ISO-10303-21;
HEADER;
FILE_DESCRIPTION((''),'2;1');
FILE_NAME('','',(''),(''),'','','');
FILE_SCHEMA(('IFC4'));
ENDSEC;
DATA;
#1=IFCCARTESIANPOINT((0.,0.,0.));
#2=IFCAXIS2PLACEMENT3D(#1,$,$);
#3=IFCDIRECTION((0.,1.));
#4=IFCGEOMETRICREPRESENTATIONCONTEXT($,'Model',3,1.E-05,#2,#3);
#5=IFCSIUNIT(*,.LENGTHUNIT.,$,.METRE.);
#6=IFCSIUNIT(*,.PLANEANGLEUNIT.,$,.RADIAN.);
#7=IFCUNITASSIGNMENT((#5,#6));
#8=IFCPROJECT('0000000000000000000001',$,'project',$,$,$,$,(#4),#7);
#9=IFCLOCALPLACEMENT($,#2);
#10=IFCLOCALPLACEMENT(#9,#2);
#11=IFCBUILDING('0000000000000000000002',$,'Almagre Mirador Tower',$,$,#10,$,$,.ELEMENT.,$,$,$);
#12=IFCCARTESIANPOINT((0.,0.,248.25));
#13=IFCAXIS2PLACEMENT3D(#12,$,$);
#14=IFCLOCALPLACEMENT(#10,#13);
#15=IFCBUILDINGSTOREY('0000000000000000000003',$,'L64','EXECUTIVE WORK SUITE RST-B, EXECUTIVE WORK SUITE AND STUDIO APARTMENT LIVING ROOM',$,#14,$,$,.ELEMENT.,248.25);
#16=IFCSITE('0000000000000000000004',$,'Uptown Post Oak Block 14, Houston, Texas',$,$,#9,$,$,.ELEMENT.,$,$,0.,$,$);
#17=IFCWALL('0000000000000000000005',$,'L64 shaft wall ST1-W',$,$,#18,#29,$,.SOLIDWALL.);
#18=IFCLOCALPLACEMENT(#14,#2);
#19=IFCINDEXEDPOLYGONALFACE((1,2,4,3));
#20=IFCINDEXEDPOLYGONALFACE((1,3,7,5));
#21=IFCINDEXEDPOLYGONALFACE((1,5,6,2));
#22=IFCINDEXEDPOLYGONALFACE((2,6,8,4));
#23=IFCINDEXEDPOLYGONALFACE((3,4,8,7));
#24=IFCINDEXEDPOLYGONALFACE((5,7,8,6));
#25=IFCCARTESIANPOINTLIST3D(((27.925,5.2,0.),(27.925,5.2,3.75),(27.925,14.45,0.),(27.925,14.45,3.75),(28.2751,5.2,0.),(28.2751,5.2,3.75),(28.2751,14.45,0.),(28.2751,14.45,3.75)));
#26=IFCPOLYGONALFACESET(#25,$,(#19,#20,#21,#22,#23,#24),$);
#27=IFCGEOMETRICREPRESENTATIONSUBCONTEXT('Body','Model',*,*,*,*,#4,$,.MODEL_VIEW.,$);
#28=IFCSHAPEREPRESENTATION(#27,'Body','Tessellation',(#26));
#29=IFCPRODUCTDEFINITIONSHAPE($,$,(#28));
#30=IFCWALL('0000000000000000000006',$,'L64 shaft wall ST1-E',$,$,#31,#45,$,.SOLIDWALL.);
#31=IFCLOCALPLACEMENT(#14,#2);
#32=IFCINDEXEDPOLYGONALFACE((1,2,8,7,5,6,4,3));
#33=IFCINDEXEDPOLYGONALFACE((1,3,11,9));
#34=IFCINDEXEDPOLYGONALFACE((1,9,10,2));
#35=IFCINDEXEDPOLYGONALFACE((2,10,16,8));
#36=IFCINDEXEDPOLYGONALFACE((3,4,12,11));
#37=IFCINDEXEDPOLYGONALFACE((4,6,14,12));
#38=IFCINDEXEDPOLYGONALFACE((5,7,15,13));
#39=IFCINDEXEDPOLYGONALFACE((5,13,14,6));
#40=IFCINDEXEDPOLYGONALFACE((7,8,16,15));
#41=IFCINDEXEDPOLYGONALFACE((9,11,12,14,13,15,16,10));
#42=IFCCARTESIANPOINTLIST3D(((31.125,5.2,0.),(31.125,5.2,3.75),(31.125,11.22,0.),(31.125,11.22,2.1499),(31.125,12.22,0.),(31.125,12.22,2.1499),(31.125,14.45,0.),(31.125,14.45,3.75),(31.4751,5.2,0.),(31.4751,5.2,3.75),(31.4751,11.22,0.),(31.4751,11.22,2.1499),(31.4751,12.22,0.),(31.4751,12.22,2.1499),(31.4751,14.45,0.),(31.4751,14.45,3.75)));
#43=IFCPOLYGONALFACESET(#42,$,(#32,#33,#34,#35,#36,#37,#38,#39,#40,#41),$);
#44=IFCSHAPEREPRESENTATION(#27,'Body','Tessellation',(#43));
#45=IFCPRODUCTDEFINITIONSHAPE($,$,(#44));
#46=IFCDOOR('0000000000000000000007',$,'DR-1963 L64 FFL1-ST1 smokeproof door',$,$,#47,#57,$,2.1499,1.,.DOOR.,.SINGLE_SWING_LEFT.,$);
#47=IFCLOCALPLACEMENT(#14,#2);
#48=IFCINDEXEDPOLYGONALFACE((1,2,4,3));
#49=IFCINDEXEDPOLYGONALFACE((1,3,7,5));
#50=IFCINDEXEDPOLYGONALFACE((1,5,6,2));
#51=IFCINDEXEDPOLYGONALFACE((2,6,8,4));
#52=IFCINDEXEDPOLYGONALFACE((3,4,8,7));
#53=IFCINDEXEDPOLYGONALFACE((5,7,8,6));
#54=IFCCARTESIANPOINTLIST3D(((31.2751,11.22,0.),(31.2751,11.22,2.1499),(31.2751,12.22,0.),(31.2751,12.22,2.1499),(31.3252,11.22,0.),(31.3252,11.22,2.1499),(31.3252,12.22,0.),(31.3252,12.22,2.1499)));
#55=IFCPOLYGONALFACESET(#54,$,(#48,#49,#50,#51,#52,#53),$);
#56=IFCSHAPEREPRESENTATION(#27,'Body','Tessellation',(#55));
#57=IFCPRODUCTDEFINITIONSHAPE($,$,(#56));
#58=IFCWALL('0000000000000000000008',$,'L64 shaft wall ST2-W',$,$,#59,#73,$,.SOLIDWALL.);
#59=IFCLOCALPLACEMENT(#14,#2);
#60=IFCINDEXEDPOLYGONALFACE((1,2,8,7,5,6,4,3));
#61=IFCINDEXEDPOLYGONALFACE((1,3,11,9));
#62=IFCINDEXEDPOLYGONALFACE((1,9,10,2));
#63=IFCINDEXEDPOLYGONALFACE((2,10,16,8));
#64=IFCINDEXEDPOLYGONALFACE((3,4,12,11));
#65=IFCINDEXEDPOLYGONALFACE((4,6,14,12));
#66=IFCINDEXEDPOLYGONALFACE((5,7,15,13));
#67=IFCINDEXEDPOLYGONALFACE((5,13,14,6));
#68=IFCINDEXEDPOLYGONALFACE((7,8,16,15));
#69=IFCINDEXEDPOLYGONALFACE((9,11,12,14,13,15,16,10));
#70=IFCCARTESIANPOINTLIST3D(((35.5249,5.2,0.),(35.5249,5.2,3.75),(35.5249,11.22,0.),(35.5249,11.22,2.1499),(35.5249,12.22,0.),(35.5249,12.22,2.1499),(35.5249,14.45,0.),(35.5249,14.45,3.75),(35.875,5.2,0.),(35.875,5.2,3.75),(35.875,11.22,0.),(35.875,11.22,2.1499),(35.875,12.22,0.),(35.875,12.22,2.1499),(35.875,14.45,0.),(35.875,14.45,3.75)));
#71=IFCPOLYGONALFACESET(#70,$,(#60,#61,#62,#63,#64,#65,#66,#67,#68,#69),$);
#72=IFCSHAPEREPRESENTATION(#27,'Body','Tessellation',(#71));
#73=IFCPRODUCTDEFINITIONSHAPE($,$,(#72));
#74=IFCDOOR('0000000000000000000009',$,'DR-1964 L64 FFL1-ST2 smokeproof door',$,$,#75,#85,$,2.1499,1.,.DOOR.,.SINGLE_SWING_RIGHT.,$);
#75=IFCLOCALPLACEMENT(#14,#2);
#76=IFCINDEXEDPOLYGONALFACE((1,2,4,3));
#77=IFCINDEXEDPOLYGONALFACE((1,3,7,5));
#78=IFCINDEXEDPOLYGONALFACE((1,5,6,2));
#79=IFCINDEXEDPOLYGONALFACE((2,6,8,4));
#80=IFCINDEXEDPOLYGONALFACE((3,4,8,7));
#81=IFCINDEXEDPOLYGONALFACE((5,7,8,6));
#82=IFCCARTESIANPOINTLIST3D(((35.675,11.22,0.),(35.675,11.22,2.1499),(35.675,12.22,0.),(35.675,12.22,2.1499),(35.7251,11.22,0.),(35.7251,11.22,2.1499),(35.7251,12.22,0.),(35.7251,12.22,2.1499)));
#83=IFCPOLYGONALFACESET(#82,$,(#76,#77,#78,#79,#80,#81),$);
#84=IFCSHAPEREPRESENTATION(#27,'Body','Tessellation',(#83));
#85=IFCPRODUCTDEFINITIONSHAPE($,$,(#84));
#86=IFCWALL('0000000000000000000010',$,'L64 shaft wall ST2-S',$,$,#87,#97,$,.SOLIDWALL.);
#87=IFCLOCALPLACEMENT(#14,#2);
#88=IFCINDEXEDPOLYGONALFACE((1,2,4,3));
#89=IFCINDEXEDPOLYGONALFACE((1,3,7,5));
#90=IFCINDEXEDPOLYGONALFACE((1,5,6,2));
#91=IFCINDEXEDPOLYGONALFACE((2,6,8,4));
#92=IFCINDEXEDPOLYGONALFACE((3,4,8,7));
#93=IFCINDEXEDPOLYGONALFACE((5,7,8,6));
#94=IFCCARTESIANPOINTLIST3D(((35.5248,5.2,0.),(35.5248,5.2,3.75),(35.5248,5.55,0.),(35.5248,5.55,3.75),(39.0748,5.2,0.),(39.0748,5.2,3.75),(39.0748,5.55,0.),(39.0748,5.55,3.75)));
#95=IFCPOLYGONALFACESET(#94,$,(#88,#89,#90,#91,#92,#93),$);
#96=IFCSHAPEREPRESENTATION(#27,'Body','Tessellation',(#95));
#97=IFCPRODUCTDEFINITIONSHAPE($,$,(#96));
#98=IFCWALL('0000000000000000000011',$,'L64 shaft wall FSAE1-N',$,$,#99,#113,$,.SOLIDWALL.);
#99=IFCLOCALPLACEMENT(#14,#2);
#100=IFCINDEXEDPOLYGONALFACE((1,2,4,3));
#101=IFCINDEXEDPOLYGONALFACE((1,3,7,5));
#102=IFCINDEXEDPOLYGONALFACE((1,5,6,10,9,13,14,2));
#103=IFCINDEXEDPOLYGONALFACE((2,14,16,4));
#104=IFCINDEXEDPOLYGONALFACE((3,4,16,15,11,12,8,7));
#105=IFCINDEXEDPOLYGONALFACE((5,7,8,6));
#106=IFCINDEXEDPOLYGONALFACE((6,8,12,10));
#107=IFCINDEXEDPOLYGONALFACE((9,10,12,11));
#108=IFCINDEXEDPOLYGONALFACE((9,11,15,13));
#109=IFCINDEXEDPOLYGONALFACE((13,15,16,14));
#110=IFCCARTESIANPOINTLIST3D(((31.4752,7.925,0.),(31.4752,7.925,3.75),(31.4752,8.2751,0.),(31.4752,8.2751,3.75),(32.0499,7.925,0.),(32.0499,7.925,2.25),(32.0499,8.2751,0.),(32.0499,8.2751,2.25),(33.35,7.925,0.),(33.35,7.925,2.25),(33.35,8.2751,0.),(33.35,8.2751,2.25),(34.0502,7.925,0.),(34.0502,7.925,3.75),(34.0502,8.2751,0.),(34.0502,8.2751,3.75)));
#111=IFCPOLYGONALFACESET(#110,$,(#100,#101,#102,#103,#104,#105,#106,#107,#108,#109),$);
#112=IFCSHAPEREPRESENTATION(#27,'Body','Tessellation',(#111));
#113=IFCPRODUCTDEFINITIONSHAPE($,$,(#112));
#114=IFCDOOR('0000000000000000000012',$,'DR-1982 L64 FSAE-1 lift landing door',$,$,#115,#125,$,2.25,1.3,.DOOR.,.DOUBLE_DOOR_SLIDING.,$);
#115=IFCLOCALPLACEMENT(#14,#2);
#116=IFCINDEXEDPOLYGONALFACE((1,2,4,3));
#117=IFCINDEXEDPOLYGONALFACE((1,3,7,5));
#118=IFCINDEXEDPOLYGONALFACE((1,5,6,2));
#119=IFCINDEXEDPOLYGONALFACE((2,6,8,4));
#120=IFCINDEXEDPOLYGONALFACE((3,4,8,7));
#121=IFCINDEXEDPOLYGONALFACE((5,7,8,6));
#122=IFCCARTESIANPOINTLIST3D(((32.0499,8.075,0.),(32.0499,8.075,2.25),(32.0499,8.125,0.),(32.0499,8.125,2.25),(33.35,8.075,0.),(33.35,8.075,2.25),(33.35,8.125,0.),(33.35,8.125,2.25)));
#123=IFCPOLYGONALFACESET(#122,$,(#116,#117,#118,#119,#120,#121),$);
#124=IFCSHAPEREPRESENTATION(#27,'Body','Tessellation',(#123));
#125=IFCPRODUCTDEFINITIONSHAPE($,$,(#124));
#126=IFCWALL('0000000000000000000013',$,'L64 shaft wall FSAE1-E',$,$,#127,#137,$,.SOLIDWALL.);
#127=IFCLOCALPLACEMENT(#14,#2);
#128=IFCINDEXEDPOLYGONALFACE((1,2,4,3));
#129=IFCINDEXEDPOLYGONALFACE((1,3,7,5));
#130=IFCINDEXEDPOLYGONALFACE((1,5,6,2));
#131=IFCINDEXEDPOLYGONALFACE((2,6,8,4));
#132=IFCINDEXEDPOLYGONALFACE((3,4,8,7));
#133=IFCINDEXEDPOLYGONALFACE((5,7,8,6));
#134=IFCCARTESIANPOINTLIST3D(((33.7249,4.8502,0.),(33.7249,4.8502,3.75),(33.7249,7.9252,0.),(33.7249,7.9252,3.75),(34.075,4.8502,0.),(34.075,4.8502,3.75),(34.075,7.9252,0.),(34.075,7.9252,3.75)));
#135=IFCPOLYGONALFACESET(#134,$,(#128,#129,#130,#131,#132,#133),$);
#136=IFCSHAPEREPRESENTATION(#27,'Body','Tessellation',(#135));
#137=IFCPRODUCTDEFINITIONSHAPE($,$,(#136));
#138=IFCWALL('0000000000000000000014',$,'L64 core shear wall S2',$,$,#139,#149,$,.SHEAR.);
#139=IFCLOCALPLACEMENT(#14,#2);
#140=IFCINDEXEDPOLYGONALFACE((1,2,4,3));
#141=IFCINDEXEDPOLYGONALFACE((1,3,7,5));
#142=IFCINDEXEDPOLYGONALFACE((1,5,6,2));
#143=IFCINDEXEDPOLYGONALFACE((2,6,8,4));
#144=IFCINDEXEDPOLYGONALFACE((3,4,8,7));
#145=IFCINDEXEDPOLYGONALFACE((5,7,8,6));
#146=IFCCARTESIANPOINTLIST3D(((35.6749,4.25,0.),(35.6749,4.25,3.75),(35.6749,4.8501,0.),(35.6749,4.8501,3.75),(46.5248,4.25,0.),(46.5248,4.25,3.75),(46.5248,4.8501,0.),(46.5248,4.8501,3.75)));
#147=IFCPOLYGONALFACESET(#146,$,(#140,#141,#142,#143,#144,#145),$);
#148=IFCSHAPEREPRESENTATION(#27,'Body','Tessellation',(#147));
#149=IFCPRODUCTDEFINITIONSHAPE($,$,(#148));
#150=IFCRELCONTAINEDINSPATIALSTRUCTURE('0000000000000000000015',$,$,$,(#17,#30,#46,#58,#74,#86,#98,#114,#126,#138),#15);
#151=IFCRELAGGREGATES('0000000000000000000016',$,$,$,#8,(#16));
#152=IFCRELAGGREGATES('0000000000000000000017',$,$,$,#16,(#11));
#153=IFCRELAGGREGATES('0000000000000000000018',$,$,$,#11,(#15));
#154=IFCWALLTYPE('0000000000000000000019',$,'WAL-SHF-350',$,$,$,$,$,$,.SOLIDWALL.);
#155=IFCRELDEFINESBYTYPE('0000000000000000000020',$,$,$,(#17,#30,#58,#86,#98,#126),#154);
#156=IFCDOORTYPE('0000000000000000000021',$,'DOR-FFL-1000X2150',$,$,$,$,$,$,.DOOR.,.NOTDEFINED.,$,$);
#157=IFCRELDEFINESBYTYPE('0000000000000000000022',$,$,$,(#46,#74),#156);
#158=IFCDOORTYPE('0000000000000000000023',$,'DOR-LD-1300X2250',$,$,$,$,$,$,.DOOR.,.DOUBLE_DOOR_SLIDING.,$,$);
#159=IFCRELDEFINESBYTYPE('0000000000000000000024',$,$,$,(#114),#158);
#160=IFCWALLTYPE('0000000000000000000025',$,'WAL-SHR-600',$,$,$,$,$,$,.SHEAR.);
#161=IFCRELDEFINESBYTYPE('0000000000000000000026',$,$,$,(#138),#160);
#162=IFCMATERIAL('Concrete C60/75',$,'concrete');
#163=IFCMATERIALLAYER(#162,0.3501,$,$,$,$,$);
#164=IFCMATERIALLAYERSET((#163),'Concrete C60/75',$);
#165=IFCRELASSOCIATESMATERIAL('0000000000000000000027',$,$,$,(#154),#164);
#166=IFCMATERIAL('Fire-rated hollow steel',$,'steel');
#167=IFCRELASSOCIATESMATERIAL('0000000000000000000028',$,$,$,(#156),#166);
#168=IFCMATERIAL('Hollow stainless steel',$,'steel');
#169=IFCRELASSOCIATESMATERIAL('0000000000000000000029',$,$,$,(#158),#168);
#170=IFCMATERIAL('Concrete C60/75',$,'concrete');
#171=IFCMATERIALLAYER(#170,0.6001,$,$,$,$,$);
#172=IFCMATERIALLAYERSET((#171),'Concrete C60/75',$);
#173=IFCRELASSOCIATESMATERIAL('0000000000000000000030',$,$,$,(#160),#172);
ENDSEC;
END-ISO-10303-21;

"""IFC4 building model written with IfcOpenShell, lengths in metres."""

from ifc_helpers import new_model, si_unit, direction, frame, frame_2d, origin, place, context, subcontext, project, spatial, rectangle, extrude, material, layer, layer_set, type_object, element, fill, save


model = new_model("IFC4")

# Units and contexts
model_context = context("Model", 3, precision=1e-05, world=origin(), true_north=direction((0.0, 1.0)))
body_context = subcontext(model_context, "Body", "Model", "MODEL_VIEW")
ifc_project = project(units=[si_unit("LENGTHUNIT", "METRE"), si_unit("PLANEANGLEUNIT", "RADIAN")], contexts=[model_context])

# Site, building, storey
site_placement = place(None, origin())
site = spatial("IfcSite", under=ifc_project, at=site_placement, Name="Uptown Post Oak Block 14, Houston, Texas", CompositionType="ELEMENT", RefElevation=0.0)
building_placement = place(site_placement, origin())
building = spatial("IfcBuilding", under=site, at=building_placement, Name="Almagre Mirador Tower", CompositionType="ELEMENT")
storey_placement = place(building_placement, frame((0.0, 0.0, 248.25)))
storey = spatial("IfcBuildingStorey", under=building, at=storey_placement, Name="L64", Description="EXECUTIVE WORK SUITE RST-B, EXECUTIVE WORK SUITE AND STUDIO APARTMENT LIVING ROOM", CompositionType="ELEMENT", Elevation=248.25)

# Wall
ifc_material_1 = material(Name="Concrete C60/75", Category="concrete")
ifc_layer_1 = layer(ifc_material_1, 0.3501)
ifc_layer_set_1 = layer_set([ifc_layer_1], Name="Concrete C60/75")
wall_type_1 = type_object("IfcWallType", Name="WAL-SHF-350", PredefinedType="SOLIDWALL", material=ifc_layer_set_1)
wall_1_placement = place(storey_placement, frame((28.1001, 5.2, 0.0), z_axis=(0.0, 0.0, 1.0), x_axis=(0.0, 1.0, 0.0)))
element("IfcWall", 1, at=wall_1_placement, inside=storey, type_object=wall_type_1, Name="L64 shaft wall ST1-W", PredefinedType="SOLIDWALL", context=body_context, shape_type="SweptSolid", body=[
    extrude(rectangle(XDim=9.25, YDim=0.3501, at=frame_2d((4.625, 0.0))), origin(), (0.0, 0.0, 1.0), 3.75),
])

# Walls, openings, doors
wall_2_placement = place(storey_placement, frame((31.3, 5.2, 0.0), z_axis=(0.0, 0.0, 1.0), x_axis=(0.0, 1.0, 0.0)))
wall_2 = element("IfcWall", 2, at=wall_2_placement, inside=storey, type_object=wall_type_1, Name="L64 shaft wall ST1-E", PredefinedType="SOLIDWALL", context=body_context, shape_type="SweptSolid", body=[
    extrude(rectangle(XDim=9.25, YDim=0.3501, at=frame_2d((4.625, 0.0))), origin(), (0.0, 0.0, 1.0), 3.75),
])
opening_1_placement = place(wall_2_placement, frame((6.02, 0.0, 0.0)))
opening_1 = element("IfcOpeningElement", 3, at=opening_1_placement, cuts=wall_2, PredefinedType="OPENING", context=body_context, shape_type="SweptSolid", body=[
    extrude(rectangle(XDim=1.0, YDim=2.1499, at=frame_2d((0.5, 1.075))), frame((0.0, 0.185, 0.0), z_axis=(0.0, -1.0, 0.0), x_axis=(1.0, 0.0, 0.0)), (0.0, 0.0, 1.0), 0.3701),
])
ifc_material_2 = material(Name="Fire-rated hollow steel", Category="steel")
door_type_1 = type_object("IfcDoorType", Name="DOR-FFL-1000X2150", OperationType="NOTDEFINED", PredefinedType="DOOR", material=ifc_material_2)
door_1_placement = place(opening_1_placement, origin())
door_1 = element("IfcDoor", 4, at=door_1_placement, inside=storey, type_object=door_type_1, Name="DR-1963 L64 FFL1-ST1 smokeproof door", OperationType="SINGLE_SWING_LEFT", OverallHeight=2.1499, OverallWidth=1.0, PredefinedType="DOOR", context=body_context, shape_type="SweptSolid", body=[
    extrude(rectangle(XDim=1.0, YDim=2.1499, at=frame_2d((0.5, 1.075))), frame((0.0, 0.0249, 0.0), z_axis=(0.0, -1.0, 0.0), x_axis=(1.0, 0.0, 0.0)), (0.0, 0.0, 1.0), 0.05),
])
fill(opening_1, door_1)
wall_3_placement = place(storey_placement, frame((35.7, 5.2, 0.0), z_axis=(0.0, 0.0, 1.0), x_axis=(0.0, 1.0, 0.0)))
wall_3 = element("IfcWall", 5, at=wall_3_placement, inside=storey, type_object=wall_type_1, Name="L64 shaft wall ST2-W", PredefinedType="SOLIDWALL", context=body_context, shape_type="SweptSolid", body=[
    extrude(rectangle(XDim=9.25, YDim=0.3501, at=frame_2d((4.625, 0.0))), origin(), (0.0, 0.0, 1.0), 3.75),
])
opening_2_placement = place(wall_3_placement, frame((6.02, 0.0, 0.0)))
opening_2 = element("IfcOpeningElement", 6, at=opening_2_placement, cuts=wall_3, PredefinedType="OPENING", context=body_context, shape_type="SweptSolid", body=[
    extrude(rectangle(XDim=1.0, YDim=2.1499, at=frame_2d((0.5, 1.075))), frame((0.0, 0.185, 0.0), z_axis=(0.0, -1.0, 0.0), x_axis=(1.0, 0.0, 0.0)), (0.0, 0.0, 1.0), 0.3701),
])
door_2_placement = place(opening_2_placement, origin())
door_2 = element("IfcDoor", 7, at=door_2_placement, inside=storey, type_object=door_type_1, Name="DR-1964 L64 FFL1-ST2 smokeproof door", OperationType="SINGLE_SWING_RIGHT", OverallHeight=2.1499, OverallWidth=1.0, PredefinedType="DOOR", context=body_context, shape_type="SweptSolid", body=[
    extrude(rectangle(XDim=1.0, YDim=2.1499, at=frame_2d((0.5, 1.075))), frame((0.0, 0.0249, 0.0), z_axis=(0.0, -1.0, 0.0), x_axis=(1.0, 0.0, 0.0)), (0.0, 0.0, 1.0), 0.05),
])
fill(opening_2, door_2)

# Wall
wall_4_placement = place(storey_placement, frame((35.5249, 5.375, 0.0), z_axis=(0.0, 0.0, 1.0), x_axis=(1.0, 0.0, 0.0)))
element("IfcWall", 8, at=wall_4_placement, inside=storey, type_object=wall_type_1, Name="L64 shaft wall ST2-S", PredefinedType="SOLIDWALL", context=body_context, shape_type="SweptSolid", body=[
    extrude(rectangle(XDim=3.55, YDim=0.3501, at=frame_2d((1.7749, 0.0))), origin(), (0.0, 0.0, 1.0), 3.75),
])

# Wall, opening, door
wall_5_placement = place(storey_placement, frame((31.4751, 8.1001, 0.0), z_axis=(0.0, 0.0, 1.0), x_axis=(1.0, 0.0, 0.0)))
wall_5 = element("IfcWall", 9, at=wall_5_placement, inside=storey, type_object=wall_type_1, Name="L64 shaft wall FSAE1-N", PredefinedType="SOLIDWALL", context=body_context, shape_type="SweptSolid", body=[
    extrude(rectangle(XDim=2.575, YDim=0.3501, at=frame_2d((1.2876, 0.0))), origin(), (0.0, 0.0, 1.0), 3.75),
])
opening_3_placement = place(wall_5_placement, frame((0.575, 0.0, 0.0)))
opening_3 = element("IfcOpeningElement", 10, at=opening_3_placement, cuts=wall_5, PredefinedType="OPENING", context=body_context, shape_type="SweptSolid", body=[
    extrude(rectangle(XDim=1.3, YDim=2.25, at=frame_2d((0.6499, 1.125))), frame((0.0, 0.185, 0.0), z_axis=(0.0, -1.0, 0.0), x_axis=(1.0, 0.0, 0.0)), (0.0, 0.0, 1.0), 0.3701),
])
ifc_material_3 = material(Name="Hollow stainless steel", Category="steel")
door_type_2 = type_object("IfcDoorType", Name="DOR-LD-1300X2250", OperationType="DOUBLE_DOOR_SLIDING", PredefinedType="DOOR", material=ifc_material_3)
door_3_placement = place(opening_3_placement, origin())
door_3 = element("IfcDoor", 11, at=door_3_placement, inside=storey, type_object=door_type_2, Name="DR-1982 L64 FSAE-1 lift landing door", OperationType="DOUBLE_DOOR_SLIDING", OverallHeight=2.25, OverallWidth=1.3, PredefinedType="DOOR", context=body_context, shape_type="SweptSolid", body=[
    extrude(rectangle(XDim=1.3, YDim=2.25, at=frame_2d((0.6499, 1.125))), frame((0.0, 0.0249, 0.0), z_axis=(0.0, -1.0, 0.0), x_axis=(1.0, 0.0, 0.0)), (0.0, 0.0, 1.0), 0.05),
])
fill(opening_3, door_3)

# Walls
wall_6_placement = place(storey_placement, frame((33.8999, 4.8501, 0.0), z_axis=(0.0, 0.0, 1.0), x_axis=(0.0, 1.0, 0.0)))
element("IfcWall", 12, at=wall_6_placement, inside=storey, type_object=wall_type_1, Name="L64 shaft wall FSAE1-E", PredefinedType="SOLIDWALL", context=body_context, shape_type="SweptSolid", body=[
    extrude(rectangle(XDim=3.075, YDim=0.3501, at=frame_2d((1.5376, 0.0))), origin(), (0.0, 0.0, 1.0), 3.75),
])
ifc_material_4 = material(Name="Concrete C60/75", Category="concrete")
ifc_layer_2 = layer(ifc_material_4, 0.6001)
ifc_layer_set_2 = layer_set([ifc_layer_2], Name="Concrete C60/75")
wall_type_2 = type_object("IfcWallType", Name="WAL-SHR-600", PredefinedType="SHEAR", material=ifc_layer_set_2)
wall_7_placement = place(storey_placement, frame((35.675, 4.55, 0.0), z_axis=(0.0, 0.0, 1.0), x_axis=(1.0, 0.0, 0.0)))
element("IfcWall", 13, at=wall_7_placement, inside=storey, type_object=wall_type_2, Name="L64 core shear wall S2", PredefinedType="SHEAR", context=body_context, shape_type="SweptSolid", body=[
    extrude(rectangle(XDim=10.8499, YDim=0.6001, at=frame_2d((5.4248, 0.0))), origin(), (0.0, 0.0, 1.0), 3.75),
])

save(model, "model.ifc")
